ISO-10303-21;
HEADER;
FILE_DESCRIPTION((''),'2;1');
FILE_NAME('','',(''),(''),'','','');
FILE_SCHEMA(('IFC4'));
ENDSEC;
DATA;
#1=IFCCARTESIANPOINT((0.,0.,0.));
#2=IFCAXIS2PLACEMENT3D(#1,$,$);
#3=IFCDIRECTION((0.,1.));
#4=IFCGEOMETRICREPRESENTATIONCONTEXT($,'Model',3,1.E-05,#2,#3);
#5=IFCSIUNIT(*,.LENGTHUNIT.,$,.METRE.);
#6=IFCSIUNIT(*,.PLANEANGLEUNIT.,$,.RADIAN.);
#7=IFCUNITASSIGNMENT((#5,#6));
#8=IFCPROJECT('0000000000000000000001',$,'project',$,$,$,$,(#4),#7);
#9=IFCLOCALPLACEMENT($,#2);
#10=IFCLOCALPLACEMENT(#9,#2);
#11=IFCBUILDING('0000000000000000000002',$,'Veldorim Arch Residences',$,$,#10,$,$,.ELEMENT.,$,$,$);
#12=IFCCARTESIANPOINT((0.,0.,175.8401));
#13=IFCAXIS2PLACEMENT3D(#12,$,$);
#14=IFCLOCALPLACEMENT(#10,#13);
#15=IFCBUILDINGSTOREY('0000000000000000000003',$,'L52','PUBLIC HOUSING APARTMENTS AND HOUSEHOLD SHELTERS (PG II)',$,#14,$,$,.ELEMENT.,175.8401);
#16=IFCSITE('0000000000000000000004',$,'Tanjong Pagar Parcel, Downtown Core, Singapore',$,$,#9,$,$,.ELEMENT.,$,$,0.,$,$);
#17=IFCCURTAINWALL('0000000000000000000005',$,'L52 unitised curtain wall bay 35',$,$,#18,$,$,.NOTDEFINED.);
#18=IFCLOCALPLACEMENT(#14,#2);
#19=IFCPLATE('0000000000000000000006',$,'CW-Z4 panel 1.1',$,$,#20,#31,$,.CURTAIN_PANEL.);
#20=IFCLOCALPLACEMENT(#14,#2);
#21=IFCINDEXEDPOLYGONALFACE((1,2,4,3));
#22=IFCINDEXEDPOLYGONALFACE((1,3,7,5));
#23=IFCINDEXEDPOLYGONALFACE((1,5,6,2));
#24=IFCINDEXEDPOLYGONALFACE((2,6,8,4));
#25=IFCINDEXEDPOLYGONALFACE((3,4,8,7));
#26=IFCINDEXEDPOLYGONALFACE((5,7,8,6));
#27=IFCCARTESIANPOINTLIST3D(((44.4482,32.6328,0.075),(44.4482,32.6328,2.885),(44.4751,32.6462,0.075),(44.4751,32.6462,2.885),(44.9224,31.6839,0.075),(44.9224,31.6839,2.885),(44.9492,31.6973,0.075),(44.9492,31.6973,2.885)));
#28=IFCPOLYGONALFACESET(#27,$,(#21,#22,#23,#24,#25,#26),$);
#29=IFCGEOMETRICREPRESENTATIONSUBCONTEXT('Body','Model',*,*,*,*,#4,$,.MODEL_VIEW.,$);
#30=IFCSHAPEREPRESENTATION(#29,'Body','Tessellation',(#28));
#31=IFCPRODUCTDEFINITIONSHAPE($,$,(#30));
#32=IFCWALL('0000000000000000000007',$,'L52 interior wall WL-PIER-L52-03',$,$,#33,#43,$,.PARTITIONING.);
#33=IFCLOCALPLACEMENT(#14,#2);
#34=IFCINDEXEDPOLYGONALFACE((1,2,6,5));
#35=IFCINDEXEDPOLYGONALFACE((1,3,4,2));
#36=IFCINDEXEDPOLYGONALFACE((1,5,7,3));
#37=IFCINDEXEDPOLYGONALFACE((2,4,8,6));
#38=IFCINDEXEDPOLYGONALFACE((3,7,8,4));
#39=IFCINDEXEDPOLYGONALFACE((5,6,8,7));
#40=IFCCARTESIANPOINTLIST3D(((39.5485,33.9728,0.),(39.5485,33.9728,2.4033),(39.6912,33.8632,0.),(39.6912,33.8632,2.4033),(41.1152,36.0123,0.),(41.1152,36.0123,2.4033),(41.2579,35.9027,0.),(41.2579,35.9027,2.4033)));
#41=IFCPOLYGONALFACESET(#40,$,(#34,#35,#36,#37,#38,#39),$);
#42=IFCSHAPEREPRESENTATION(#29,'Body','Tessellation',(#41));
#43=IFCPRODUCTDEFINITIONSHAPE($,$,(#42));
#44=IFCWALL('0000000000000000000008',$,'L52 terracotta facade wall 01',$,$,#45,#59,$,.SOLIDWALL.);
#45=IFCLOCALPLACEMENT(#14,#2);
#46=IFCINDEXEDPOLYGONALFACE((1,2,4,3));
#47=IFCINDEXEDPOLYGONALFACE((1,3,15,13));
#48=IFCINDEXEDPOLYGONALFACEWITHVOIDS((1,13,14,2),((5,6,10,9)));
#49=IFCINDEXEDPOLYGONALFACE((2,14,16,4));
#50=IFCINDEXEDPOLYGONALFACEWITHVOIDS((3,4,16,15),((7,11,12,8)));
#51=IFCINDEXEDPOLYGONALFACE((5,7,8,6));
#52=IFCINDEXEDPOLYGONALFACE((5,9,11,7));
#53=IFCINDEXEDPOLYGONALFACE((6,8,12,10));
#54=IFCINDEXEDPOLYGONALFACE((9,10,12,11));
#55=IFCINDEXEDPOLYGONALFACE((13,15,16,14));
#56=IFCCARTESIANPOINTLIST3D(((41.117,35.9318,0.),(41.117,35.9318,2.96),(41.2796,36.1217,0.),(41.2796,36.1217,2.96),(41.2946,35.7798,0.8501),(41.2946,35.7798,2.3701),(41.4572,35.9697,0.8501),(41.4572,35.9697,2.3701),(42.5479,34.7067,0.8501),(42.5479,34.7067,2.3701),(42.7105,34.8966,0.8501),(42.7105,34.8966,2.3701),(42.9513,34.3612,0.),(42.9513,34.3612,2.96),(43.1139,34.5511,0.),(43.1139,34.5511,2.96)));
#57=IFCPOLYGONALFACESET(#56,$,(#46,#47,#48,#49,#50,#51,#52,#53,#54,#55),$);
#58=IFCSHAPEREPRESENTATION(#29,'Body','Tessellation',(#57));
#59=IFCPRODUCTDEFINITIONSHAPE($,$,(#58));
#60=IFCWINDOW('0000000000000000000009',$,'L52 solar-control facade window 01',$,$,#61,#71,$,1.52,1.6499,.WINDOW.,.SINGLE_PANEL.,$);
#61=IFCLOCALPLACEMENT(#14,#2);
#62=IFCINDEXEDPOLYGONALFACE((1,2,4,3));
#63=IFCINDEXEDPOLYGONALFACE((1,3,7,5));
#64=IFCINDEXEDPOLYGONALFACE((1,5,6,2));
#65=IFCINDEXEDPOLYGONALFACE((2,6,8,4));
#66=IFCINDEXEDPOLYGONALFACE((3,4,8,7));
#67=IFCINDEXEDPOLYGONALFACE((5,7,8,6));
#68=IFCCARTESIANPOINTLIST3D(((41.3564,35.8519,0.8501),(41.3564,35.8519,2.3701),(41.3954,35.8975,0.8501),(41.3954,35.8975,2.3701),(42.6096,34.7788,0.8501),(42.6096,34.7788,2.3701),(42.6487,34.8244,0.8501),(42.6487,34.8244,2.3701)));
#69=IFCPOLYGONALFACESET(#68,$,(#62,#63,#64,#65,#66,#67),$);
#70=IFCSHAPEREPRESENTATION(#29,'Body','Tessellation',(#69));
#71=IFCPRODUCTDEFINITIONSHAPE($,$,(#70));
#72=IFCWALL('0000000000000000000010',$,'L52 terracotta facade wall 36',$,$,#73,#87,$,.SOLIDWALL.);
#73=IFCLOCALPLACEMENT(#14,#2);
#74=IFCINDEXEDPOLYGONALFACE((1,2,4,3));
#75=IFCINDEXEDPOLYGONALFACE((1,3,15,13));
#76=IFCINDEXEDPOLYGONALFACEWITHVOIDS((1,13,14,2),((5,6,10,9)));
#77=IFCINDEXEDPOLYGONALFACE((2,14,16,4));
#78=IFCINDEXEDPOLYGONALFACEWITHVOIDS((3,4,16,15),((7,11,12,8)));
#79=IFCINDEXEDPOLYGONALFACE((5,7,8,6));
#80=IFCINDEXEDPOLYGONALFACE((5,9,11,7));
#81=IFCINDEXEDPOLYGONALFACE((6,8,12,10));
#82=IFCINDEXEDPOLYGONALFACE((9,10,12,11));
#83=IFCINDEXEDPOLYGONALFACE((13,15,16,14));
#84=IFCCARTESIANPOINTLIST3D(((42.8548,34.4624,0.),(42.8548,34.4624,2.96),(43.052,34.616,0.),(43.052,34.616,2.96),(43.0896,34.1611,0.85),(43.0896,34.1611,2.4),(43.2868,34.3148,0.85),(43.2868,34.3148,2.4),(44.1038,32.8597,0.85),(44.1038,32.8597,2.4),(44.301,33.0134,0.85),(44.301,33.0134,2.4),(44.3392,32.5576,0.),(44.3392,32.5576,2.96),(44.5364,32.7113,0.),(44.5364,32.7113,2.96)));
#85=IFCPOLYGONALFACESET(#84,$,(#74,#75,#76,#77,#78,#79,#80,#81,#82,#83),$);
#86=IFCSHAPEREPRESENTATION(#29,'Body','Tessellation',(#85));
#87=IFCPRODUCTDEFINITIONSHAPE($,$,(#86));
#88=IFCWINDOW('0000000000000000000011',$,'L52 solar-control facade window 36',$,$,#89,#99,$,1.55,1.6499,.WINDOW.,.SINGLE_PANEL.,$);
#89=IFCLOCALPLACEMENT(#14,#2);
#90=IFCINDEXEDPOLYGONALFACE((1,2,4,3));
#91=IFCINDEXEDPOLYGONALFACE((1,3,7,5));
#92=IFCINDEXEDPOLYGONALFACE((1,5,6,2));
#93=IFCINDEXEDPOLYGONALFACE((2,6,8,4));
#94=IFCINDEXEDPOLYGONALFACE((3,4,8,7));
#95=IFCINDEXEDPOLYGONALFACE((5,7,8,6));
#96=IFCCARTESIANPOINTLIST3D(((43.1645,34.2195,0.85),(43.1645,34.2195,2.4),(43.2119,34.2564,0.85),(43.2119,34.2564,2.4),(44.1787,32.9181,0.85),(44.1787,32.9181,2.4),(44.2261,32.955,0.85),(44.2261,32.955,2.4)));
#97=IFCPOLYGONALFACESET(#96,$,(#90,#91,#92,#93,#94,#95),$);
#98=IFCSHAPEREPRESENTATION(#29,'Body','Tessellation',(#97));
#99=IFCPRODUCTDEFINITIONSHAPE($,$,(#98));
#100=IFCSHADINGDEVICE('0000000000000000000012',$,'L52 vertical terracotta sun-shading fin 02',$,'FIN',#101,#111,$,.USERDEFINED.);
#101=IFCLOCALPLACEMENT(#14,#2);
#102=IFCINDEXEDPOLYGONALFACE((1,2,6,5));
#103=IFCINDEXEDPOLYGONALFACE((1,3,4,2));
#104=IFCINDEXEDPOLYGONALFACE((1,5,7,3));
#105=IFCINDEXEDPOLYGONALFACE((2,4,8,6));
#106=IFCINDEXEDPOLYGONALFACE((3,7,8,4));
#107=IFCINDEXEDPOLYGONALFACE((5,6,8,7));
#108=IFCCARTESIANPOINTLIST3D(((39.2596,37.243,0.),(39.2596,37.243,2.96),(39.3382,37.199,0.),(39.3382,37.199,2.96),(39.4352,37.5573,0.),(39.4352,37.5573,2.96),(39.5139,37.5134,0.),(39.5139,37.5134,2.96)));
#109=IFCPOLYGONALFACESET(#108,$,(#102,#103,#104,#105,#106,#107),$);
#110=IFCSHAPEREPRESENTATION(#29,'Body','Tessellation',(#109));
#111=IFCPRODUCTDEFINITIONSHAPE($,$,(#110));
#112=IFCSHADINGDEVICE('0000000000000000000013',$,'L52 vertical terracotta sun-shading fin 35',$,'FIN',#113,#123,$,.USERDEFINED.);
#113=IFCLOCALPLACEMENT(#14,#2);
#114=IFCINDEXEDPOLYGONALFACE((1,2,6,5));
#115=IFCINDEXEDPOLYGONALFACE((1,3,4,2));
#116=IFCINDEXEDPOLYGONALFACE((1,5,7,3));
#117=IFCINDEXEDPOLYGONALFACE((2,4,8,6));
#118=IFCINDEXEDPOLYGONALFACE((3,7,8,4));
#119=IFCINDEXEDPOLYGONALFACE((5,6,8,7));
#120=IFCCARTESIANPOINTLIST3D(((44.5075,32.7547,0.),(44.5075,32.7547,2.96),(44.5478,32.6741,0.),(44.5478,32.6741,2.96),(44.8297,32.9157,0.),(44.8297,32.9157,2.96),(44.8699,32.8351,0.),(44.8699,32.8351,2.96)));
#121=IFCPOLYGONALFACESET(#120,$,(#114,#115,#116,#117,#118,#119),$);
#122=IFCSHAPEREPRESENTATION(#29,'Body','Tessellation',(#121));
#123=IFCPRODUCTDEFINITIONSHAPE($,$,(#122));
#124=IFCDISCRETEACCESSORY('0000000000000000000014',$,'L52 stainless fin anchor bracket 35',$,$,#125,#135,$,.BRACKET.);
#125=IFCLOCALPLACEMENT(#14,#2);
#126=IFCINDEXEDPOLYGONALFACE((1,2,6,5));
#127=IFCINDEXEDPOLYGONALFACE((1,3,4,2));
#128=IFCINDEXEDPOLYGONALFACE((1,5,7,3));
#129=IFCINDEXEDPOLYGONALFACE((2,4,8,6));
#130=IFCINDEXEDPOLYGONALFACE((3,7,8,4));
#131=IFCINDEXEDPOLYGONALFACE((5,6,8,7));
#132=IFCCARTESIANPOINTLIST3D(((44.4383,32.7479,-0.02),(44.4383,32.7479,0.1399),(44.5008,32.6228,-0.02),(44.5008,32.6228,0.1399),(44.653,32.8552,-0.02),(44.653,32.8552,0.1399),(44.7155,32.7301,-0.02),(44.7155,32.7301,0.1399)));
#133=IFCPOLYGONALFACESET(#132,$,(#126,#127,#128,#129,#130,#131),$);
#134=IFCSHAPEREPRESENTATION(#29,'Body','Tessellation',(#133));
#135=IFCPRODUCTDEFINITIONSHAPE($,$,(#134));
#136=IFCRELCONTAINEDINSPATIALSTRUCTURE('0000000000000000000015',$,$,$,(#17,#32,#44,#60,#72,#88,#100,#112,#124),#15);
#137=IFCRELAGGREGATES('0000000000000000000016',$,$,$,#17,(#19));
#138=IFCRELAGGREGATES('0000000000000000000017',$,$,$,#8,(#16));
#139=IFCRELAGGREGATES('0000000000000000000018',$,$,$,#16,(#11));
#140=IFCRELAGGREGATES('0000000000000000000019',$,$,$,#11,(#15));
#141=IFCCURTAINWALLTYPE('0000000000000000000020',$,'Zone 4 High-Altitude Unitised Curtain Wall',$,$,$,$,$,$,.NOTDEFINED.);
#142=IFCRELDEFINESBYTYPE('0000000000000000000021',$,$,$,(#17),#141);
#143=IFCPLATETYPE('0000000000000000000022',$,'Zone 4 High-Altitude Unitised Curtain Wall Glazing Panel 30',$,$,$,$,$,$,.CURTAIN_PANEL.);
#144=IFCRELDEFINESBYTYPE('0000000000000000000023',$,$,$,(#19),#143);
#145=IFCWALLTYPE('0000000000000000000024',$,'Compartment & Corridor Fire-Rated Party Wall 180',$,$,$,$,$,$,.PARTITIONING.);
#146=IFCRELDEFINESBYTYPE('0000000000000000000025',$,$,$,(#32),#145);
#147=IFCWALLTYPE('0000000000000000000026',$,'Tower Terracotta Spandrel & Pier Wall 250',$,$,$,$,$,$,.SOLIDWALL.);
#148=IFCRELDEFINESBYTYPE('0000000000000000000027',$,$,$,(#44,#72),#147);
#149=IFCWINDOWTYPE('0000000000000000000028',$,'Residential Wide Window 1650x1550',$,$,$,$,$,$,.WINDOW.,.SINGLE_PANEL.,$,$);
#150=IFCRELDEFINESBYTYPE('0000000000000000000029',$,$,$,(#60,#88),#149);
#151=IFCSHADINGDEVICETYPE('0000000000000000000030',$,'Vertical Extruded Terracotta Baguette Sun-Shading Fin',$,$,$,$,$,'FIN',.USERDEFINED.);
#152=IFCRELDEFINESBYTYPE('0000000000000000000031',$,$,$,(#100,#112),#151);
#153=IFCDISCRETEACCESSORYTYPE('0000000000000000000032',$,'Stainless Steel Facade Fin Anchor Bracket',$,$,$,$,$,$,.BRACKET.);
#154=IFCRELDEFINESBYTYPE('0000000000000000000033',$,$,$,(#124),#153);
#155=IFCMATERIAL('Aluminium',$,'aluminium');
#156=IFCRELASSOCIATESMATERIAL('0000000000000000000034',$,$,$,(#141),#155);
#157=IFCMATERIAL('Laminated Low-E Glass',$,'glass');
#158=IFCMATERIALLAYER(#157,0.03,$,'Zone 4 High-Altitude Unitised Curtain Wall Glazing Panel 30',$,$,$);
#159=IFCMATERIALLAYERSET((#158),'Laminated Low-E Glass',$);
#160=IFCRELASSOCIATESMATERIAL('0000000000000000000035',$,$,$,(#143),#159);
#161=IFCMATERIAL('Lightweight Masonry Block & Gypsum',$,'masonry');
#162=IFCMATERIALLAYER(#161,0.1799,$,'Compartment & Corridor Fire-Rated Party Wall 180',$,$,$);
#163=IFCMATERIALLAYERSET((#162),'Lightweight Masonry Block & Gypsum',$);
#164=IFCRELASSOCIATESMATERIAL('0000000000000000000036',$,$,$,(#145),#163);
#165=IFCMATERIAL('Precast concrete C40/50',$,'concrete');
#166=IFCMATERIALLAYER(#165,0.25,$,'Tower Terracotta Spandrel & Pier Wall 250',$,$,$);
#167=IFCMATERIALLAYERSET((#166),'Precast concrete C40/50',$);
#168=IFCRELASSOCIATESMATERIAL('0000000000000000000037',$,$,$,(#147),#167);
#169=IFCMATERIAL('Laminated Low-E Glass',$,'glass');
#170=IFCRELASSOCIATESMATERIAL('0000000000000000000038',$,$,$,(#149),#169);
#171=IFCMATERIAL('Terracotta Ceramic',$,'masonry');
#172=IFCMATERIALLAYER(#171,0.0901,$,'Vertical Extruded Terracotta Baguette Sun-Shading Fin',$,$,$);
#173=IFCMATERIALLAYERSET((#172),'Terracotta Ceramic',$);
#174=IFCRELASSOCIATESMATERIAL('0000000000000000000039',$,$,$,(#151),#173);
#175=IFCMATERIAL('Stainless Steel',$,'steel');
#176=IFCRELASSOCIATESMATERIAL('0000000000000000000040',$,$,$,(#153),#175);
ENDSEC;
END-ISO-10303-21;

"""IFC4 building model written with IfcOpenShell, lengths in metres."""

from ifc_helpers import new_model, si_unit, direction, frame, frame_2d, origin, origin_2d, place, context, subcontext, project, spatial, rectangle, extrude, material, layer, layer_set, type_object, element, fill, aggregate, save


model = new_model("IFC4")

# Units and contexts
model_context = context("Model", 3, precision=1e-05, world=origin(), true_north=direction((0.0, 1.0)))
body_context = subcontext(model_context, "Body", "Model", "MODEL_VIEW")
ifc_project = project(units=[si_unit("LENGTHUNIT", "METRE"), si_unit("PLANEANGLEUNIT", "RADIAN")], contexts=[model_context])

# Site, building, storey
site_placement = place(None, origin())
site = spatial("IfcSite", under=ifc_project, at=site_placement, Name="Tanjong Pagar Parcel, Downtown Core, Singapore", CompositionType="ELEMENT", RefElevation=0.0)
building_placement = place(site_placement, origin())
building = spatial("IfcBuilding", under=site, at=building_placement, Name="Veldorim Arch Residences", CompositionType="ELEMENT")
storey_placement = place(building_placement, frame((0.0, 0.0, 175.8401)))
storey = spatial("IfcBuildingStorey", under=building, at=storey_placement, Name="L52", Description="PUBLIC HOUSING APARTMENTS AND HOUSEHOLD SHELTERS (PG II)", CompositionType="ELEMENT", Elevation=175.8401)

# Shared definitions
ifc_material_1 = material(Name="Aluminium", Category="aluminium")
curtain_wall_type = type_object("IfcCurtainWallType", Name="Zone 4 High-Altitude Unitised Curtain Wall", PredefinedType="NOTDEFINED", material=ifc_material_1)

# Curtain wall
curtain_wall_1_placement = place(storey_placement, origin())
curtain_wall_1 = element("IfcCurtainWall", 1, at=curtain_wall_1_placement, inside=storey, type_object=curtain_wall_type, Name="L52 unitised curtain wall bay 35", PredefinedType="NOTDEFINED")

# Plate
ifc_material_2 = material(Name="Laminated Low-E Glass", Category="glass")
ifc_layer_1 = layer(ifc_material_2, 0.03, Name="Zone 4 High-Altitude Unitised Curtain Wall Glazing Panel 30")
ifc_layer_set_1 = layer_set([ifc_layer_1], Name="Laminated Low-E Glass")
plate_type = type_object("IfcPlateType", Name="Zone 4 High-Altitude Unitised Curtain Wall Glazing Panel 30", PredefinedType="CURTAIN_PANEL", material=ifc_layer_set_1)
plate_1_placement = place(storey_placement, frame((44.6987, 32.165, 0.075), z_axis=(0.0, 0.0, 1.0), x_axis=(0.446992, -0.894538, 0.0)))
plate_1 = element("IfcPlate", 2, at=plate_1_placement, type_object=plate_type, Name="CW-Z4 panel 1.1", PredefinedType="CURTAIN_PANEL", context=body_context, shape_type="SweptSolid", body=[
    extrude(rectangle(XDim=1.0608, YDim=0.03, at=origin_2d()), origin(), (0.0, 0.0, 1.0), 2.8101),
])
aggregate(curtain_wall_1, [plate_1])

# Wall
ifc_material_3 = material(Name="Lightweight Masonry Block & Gypsum", Category="masonry")
ifc_layer_2 = layer(ifc_material_3, 0.1799, Name="Compartment & Corridor Fire-Rated Party Wall 180")
ifc_layer_set_2 = layer_set([ifc_layer_2], Name="Lightweight Masonry Block & Gypsum")
wall_type_1 = type_object("IfcWallType", Name="Compartment & Corridor Fire-Rated Party Wall 180", PredefinedType="PARTITIONING", material=ifc_layer_set_2)
wall_1_placement = place(storey_placement, frame((39.6199, 33.918, 0.0), z_axis=(0.0, 0.0, 1.0), x_axis=(0.609165, 0.793044, 0.0)))
element("IfcWall", 3, at=wall_1_placement, inside=storey, type_object=wall_type_1, Name="L52 interior wall WL-PIER-L52-03", PredefinedType="PARTITIONING", context=body_context, shape_type="SweptSolid", body=[
    extrude(rectangle(XDim=2.5718, YDim=0.1799, at=frame_2d((1.2859, 0.0))), origin(), (0.0, 0.0, 1.0), 2.4033),
])

# Walls, openings, windows
ifc_material_4 = material(Name="Precast concrete C40/50", Category="concrete")
ifc_layer_3 = layer(ifc_material_4, 0.25, Name="Tower Terracotta Spandrel & Pier Wall 250")
ifc_layer_set_3 = layer_set([ifc_layer_3], Name="Precast concrete C40/50")
wall_type_2 = type_object("IfcWallType", Name="Tower Terracotta Spandrel & Pier Wall 250", PredefinedType="SOLIDWALL", material=ifc_layer_set_3)
wall_2_placement = place(storey_placement, frame((41.1982, 36.0269, 0.0), z_axis=(0.0, 0.0, 1.0), x_axis=(0.759592, -0.6504, 0.0)))
wall_2 = element("IfcWall", 4, at=wall_2_placement, inside=storey, type_object=wall_type_2, Name="L52 terracotta facade wall 01", PredefinedType="SOLIDWALL", context=body_context, shape_type="SweptSolid", body=[
    extrude(rectangle(XDim=2.4148, YDim=0.25, at=frame_2d((1.2075, 0.0))), origin(), (0.0, 0.0, 1.0), 2.96),
])
opening_1_placement = place(wall_2_placement, frame((0.2339, 0.0, 0.8501)))
opening_1 = element("IfcOpeningElement", 5, at=opening_1_placement, cuts=wall_2, PredefinedType="OPENING", context=body_context, shape_type="SweptSolid", body=[
    extrude(rectangle(XDim=1.6499, YDim=1.52, at=frame_2d((0.825, 0.76))), frame((0.0, 0.135, 0.0), z_axis=(0.0, -1.0, 0.0), x_axis=(1.0, 0.0, 0.0)), (0.0, 0.0, 1.0), 0.27),
])
ifc_material_5 = material(Name="Laminated Low-E Glass", Category="glass")
window_type = type_object("IfcWindowType", Name="Residential Wide Window 1650x1550", PartitioningType="SINGLE_PANEL", PredefinedType="WINDOW", material=ifc_material_5)
window_1_placement = place(opening_1_placement, origin())
window_1 = element("IfcWindow", 6, at=window_1_placement, inside=storey, type_object=window_type, Name="L52 solar-control facade window 01", OverallHeight=1.52, OverallWidth=1.6499, PartitioningType="SINGLE_PANEL", PredefinedType="WINDOW", context=body_context, shape_type="SweptSolid", body=[
    extrude(rectangle(XDim=1.6499, YDim=1.52, at=frame_2d((0.825, 0.76))), frame((0.0, 0.03, 0.0), z_axis=(0.0, -1.0, 0.0), x_axis=(1.0, 0.0, 0.0)), (0.0, 0.0, 1.0), 0.0601),
])
fill(opening_1, window_1)
wall_3_placement = place(storey_placement, frame((42.9534, 34.5393, 0.0), z_axis=(0.0, 0.0, 1.0), x_axis=(0.614682, -0.788775, 0.0)))
wall_3 = element("IfcWall", 7, at=wall_3_placement, inside=storey, type_object=wall_type_2, Name="L52 terracotta facade wall 36", PredefinedType="SOLIDWALL", context=body_context, shape_type="SweptSolid", body=[
    extrude(rectangle(XDim=2.4148, YDim=0.25, at=frame_2d((1.2075, 0.0))), origin(), (0.0, 0.0, 1.0), 2.96),
])
opening_2_placement = place(wall_3_placement, frame((0.3821, 0.0, 0.8501)))
opening_2 = element("IfcOpeningElement", 8, at=opening_2_placement, cuts=wall_3, PredefinedType="OPENING", context=body_context, shape_type="SweptSolid", body=[
    extrude(rectangle(XDim=1.6499, YDim=1.55, at=frame_2d((0.825, 0.7749))), frame((0.0, 0.135, 0.0), z_axis=(0.0, -1.0, 0.0), x_axis=(1.0, 0.0, 0.0)), (0.0, 0.0, 1.0), 0.27),
])
window_2_placement = place(opening_2_placement, origin())
window_2 = element("IfcWindow", 9, at=window_2_placement, inside=storey, type_object=window_type, Name="L52 solar-control facade window 36", OverallHeight=1.55, OverallWidth=1.6499, PartitioningType="SINGLE_PANEL", PredefinedType="WINDOW", context=body_context, shape_type="SweptSolid", body=[
    extrude(rectangle(XDim=1.6499, YDim=1.55, at=frame_2d((0.825, 0.7749))), frame((0.0, 0.03, 0.0), z_axis=(0.0, -1.0, 0.0), x_axis=(1.0, 0.0, 0.0)), (0.0, 0.0, 1.0), 0.0601),
])
fill(opening_2, window_2)

# Shading devices
ifc_material_6 = material(Name="Terracotta Ceramic", Category="masonry")
ifc_layer_4 = layer(ifc_material_6, 0.0901, Name="Vertical Extruded Terracotta Baguette Sun-Shading Fin")
ifc_layer_set_4 = layer_set([ifc_layer_4], Name="Terracotta Ceramic")
shading_device_type = type_object("IfcShadingDeviceType", Name="Vertical Extruded Terracotta Baguette Sun-Shading Fin", ElementType="FIN", PredefinedType="USERDEFINED", material=ifc_layer_set_4)
for number, where, z_axis, x_axis, name in (
    (10, (39.3867, 37.3782, 0.0), (0.0, 0.0, 1.0), (0.873007, -0.487707, 0.0), "L52 vertical terracotta sun-shading fin 02"),
    (11, (44.6887, 32.7949, 0.0), (0.0, 0.0, 1.0), (0.446979, -0.894545, 0.0), "L52 vertical terracotta sun-shading fin 35"),
):
    element("IfcShadingDevice", number, at=place(storey_placement, frame(where, z_axis=z_axis, x_axis=x_axis)), inside=storey, type_object=shading_device_type, Name=name, ObjectType="FIN", PredefinedType="USERDEFINED", context=body_context, shape_type="SweptSolid", body=[
        extrude(rectangle(XDim=0.0901, YDim=0.3601, at=origin_2d()), origin(), (0.0, 0.0, 1.0), 2.96),
    ])

# Discrete accessory
ifc_material_7 = material(Name="Stainless Steel", Category="steel")
discrete_accessory_type = type_object("IfcDiscreteAccessoryType", Name="Stainless Steel Facade Fin Anchor Bracket", PredefinedType="BRACKET", material=ifc_material_7)
discrete_accessory_placement = place(storey_placement, frame((44.5769, 32.739, -0.02), z_axis=(0.0, 0.0, 1.0), x_axis=(0.446979, -0.894545, 0.0)))
element("IfcDiscreteAccessory", 12, at=discrete_accessory_placement, inside=storey, type_object=discrete_accessory_type, Name="L52 stainless fin anchor bracket 35", PredefinedType="BRACKET", context=body_context, shape_type="SweptSolid", body=[
    extrude(rectangle(XDim=0.1399, YDim=0.24, at=origin_2d()), origin(), (0.0, 0.0, 1.0), 0.1599),
])

save(model, "model.ifc")
